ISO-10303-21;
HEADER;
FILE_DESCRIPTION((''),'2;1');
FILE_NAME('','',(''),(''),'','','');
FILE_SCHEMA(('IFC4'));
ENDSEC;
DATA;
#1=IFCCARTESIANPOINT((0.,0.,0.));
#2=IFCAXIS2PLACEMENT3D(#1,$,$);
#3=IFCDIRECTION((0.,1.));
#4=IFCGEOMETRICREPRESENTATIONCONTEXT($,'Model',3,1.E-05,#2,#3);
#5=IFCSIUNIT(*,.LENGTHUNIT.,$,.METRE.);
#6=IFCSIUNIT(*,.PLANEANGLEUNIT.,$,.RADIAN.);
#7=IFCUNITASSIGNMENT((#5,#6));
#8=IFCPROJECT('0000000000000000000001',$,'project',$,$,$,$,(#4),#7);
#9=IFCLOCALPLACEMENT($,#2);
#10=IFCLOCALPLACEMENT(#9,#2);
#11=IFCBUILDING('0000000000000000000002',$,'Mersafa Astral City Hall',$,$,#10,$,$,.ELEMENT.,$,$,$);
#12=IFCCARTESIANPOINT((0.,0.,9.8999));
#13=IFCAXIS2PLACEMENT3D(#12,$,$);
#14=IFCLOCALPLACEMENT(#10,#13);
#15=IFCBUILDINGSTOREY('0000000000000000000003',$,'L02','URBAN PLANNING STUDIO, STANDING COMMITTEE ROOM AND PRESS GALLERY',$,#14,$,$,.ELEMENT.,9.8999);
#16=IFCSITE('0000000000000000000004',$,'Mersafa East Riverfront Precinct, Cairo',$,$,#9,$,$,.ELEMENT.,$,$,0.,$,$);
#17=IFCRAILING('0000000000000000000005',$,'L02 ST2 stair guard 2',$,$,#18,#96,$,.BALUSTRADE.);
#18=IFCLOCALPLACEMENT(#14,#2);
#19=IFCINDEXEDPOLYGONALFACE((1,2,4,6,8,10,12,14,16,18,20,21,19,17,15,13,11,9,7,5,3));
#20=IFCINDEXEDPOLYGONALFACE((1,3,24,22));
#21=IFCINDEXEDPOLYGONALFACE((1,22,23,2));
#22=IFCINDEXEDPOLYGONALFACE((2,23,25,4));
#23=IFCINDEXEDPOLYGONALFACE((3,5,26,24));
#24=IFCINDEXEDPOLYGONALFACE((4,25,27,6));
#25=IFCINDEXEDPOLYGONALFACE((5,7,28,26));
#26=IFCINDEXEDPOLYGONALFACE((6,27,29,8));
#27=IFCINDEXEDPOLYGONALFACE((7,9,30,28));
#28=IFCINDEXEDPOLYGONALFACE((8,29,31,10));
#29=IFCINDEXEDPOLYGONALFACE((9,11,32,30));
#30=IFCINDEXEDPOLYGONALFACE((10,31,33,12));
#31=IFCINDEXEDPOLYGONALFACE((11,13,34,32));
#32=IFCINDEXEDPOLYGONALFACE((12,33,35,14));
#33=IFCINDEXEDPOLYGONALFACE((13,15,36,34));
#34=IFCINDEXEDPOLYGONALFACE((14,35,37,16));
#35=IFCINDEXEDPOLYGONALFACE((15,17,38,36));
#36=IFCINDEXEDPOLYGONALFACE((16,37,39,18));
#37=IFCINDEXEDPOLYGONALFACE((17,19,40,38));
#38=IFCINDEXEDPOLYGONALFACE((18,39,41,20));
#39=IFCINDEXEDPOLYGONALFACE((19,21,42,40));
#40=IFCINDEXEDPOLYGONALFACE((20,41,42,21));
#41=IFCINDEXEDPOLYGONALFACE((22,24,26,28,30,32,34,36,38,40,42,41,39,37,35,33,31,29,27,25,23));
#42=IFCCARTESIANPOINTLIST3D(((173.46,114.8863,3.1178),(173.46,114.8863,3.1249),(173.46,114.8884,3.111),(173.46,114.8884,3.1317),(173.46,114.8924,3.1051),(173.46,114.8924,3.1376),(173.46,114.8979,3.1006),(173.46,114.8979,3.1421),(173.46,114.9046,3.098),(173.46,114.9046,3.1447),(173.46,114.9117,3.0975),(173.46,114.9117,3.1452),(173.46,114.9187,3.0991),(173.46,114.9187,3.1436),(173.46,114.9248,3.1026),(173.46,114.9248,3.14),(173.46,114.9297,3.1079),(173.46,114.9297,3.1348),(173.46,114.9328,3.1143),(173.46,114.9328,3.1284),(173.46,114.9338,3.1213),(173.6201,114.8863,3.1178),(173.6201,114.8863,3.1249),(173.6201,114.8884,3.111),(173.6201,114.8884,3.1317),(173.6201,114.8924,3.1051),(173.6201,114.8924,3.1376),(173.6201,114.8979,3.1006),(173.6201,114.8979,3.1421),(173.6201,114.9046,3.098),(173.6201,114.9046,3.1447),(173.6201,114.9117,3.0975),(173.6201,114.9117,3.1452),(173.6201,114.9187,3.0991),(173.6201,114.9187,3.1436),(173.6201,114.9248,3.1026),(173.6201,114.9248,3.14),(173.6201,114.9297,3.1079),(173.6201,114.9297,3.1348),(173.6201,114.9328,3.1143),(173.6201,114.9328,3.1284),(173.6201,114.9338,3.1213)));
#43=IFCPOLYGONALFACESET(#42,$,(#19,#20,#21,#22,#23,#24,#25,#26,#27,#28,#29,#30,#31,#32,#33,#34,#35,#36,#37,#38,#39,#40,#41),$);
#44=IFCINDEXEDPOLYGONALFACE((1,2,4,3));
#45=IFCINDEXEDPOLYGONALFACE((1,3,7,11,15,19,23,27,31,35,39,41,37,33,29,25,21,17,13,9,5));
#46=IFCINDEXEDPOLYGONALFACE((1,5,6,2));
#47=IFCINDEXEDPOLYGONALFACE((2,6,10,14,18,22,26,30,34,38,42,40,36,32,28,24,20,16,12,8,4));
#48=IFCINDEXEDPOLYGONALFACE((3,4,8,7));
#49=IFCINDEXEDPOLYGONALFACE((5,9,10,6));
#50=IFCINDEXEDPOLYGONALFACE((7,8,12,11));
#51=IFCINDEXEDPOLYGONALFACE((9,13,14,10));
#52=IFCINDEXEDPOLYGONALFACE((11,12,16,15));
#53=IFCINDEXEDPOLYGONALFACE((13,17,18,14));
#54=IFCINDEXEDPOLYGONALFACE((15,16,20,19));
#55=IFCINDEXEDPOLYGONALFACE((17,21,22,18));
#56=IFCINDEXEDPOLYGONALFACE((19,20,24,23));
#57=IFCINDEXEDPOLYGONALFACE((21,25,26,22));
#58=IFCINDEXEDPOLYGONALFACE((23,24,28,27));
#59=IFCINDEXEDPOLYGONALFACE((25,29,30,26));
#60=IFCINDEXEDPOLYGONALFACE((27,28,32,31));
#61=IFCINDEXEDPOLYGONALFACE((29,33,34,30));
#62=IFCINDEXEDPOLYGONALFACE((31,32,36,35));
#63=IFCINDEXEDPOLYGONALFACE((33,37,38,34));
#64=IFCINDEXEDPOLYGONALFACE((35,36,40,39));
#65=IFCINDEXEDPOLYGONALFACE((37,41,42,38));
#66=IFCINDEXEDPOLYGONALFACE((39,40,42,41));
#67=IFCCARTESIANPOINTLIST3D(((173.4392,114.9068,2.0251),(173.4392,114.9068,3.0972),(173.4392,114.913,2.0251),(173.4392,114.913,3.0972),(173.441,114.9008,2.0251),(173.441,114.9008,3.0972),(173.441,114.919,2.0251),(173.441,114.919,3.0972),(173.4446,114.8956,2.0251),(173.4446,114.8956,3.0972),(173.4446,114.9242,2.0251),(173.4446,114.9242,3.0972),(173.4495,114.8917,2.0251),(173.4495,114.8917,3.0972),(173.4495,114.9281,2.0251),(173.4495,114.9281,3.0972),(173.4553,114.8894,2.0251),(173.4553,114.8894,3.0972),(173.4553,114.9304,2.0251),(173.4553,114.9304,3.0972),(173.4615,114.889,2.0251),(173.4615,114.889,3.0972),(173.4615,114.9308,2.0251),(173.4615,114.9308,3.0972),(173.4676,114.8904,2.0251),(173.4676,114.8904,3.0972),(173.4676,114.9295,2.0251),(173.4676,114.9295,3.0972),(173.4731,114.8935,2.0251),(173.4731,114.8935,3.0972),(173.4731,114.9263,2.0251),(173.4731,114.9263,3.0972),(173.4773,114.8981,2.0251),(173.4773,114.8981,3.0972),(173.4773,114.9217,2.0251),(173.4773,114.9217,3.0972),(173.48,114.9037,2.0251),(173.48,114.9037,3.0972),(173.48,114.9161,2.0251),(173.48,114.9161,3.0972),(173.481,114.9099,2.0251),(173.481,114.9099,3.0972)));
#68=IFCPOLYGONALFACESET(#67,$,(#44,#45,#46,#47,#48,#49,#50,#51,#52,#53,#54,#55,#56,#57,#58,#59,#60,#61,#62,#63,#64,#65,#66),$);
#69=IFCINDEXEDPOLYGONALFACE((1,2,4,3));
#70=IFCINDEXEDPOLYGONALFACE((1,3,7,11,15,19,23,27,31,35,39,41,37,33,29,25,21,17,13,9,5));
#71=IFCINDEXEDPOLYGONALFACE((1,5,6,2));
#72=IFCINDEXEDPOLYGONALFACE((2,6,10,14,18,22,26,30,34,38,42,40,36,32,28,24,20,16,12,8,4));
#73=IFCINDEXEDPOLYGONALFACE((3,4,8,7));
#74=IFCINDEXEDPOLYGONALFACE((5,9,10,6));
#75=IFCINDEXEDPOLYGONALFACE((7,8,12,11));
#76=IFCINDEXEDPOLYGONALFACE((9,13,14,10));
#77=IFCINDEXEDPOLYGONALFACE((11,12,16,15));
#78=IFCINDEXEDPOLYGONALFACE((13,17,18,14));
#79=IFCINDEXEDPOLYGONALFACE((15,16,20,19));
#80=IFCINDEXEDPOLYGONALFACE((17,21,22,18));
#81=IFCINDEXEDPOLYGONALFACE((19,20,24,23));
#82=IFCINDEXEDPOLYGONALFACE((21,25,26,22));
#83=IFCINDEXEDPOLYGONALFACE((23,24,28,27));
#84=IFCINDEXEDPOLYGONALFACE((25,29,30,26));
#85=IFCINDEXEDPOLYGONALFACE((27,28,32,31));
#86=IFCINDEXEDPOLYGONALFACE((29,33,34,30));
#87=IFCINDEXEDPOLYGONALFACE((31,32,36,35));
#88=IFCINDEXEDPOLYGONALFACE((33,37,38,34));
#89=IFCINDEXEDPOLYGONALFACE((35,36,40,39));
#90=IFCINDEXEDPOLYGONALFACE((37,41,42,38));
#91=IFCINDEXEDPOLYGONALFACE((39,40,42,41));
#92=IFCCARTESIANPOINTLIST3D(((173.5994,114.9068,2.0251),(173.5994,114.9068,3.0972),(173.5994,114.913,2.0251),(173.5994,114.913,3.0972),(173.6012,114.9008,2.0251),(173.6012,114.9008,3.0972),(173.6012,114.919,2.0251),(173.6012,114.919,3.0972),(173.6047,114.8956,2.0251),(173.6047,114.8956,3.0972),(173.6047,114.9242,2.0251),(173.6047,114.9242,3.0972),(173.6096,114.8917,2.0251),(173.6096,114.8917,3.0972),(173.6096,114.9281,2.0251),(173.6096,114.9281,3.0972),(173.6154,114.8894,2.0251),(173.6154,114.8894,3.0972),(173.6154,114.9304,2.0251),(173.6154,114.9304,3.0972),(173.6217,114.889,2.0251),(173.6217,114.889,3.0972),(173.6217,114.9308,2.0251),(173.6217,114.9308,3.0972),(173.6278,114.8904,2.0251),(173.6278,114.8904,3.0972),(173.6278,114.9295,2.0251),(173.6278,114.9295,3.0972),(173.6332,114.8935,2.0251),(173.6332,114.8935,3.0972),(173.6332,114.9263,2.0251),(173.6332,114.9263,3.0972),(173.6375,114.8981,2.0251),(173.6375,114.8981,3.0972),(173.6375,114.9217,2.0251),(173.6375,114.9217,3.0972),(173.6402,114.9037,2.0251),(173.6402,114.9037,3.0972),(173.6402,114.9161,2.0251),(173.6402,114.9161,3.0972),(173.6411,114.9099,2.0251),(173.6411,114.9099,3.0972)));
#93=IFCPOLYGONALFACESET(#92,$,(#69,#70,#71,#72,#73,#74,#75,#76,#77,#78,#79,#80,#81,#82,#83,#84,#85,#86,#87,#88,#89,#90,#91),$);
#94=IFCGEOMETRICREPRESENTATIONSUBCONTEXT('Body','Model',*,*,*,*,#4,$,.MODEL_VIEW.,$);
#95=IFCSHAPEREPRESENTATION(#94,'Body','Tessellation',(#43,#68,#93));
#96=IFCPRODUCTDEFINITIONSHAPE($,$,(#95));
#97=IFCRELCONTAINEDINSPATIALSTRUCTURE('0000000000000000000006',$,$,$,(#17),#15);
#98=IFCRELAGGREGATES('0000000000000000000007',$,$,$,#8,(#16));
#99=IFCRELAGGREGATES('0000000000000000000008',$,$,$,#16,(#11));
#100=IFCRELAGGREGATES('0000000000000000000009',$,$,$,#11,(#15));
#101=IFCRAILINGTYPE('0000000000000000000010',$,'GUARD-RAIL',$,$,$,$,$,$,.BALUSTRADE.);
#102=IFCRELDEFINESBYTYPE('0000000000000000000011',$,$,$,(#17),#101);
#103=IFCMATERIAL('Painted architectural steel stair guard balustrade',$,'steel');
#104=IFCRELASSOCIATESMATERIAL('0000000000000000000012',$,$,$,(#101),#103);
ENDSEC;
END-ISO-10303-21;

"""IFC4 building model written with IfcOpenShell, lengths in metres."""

from ifc_helpers import new_model, si_unit, direction, frame, origin, origin_2d, place, context, subcontext, project, spatial, circle, extrude, material, type_object, element, save


model = new_model("IFC4")

# Units and contexts
model_context = context("Model", 3, precision=1e-05, world=origin(), true_north=direction((0.0, 1.0)))
body_context = subcontext(model_context, "Body", "Model", "MODEL_VIEW")
ifc_project = project(units=[si_unit("LENGTHUNIT", "METRE"), si_unit("PLANEANGLEUNIT", "RADIAN")], contexts=[model_context])

# Site, building, storey
site_placement = place(None, origin())
site = spatial("IfcSite", under=ifc_project, at=site_placement, Name="Mersafa East Riverfront Precinct, Cairo", CompositionType="ELEMENT", RefElevation=0.0)
building_placement = place(site_placement, origin())
building = spatial("IfcBuilding", under=site, at=building_placement, Name="Mersafa Astral City Hall", CompositionType="ELEMENT")
storey_placement = place(building_placement, frame((0.0, 0.0, 9.8999)))
storey = spatial("IfcBuildingStorey", under=building, at=storey_placement, Name="L02", Description="URBAN PLANNING STUDIO, STANDING COMMITTEE ROOM AND PRESS GALLERY", CompositionType="ELEMENT", Elevation=9.8999)

# Railing
ifc_material_1 = material(Name="Painted architectural steel stair guard balustrade", Category="steel")
railing_type_1 = type_object("IfcRailingType", Name="GUARD-RAIL", PredefinedType="BALUSTRADE", material=ifc_material_1)
railing_1_placement = place(storey_placement, frame((173.46, 114.9099, 2.0251)))
element("IfcRailing", 1, at=railing_1_placement, inside=storey, type_object=railing_type_1, Name="L02 ST2 stair guard 2", PredefinedType="BALUSTRADE", context=body_context, shape_type="SweptSolid", body=[
    extrude(circle(Radius=0.0239, at=origin_2d()), frame((0.0, 0.0, 1.0962), z_axis=(1.0, 0.0, 0.0), x_axis=(0.0, 1.0, 0.0)), (0.0, 0.0, 1.0), 0.1602),
    extrude(circle(Radius=0.021, at=origin_2d()), origin(), (0.0, 0.0, 1.0), 1.072),
    extrude(circle(Radius=0.021, at=origin_2d()), frame((0.1602, 0.0, 0.0)), (0.0, 0.0, 1.0), 1.072),
])

save(model, "model.ifc")
